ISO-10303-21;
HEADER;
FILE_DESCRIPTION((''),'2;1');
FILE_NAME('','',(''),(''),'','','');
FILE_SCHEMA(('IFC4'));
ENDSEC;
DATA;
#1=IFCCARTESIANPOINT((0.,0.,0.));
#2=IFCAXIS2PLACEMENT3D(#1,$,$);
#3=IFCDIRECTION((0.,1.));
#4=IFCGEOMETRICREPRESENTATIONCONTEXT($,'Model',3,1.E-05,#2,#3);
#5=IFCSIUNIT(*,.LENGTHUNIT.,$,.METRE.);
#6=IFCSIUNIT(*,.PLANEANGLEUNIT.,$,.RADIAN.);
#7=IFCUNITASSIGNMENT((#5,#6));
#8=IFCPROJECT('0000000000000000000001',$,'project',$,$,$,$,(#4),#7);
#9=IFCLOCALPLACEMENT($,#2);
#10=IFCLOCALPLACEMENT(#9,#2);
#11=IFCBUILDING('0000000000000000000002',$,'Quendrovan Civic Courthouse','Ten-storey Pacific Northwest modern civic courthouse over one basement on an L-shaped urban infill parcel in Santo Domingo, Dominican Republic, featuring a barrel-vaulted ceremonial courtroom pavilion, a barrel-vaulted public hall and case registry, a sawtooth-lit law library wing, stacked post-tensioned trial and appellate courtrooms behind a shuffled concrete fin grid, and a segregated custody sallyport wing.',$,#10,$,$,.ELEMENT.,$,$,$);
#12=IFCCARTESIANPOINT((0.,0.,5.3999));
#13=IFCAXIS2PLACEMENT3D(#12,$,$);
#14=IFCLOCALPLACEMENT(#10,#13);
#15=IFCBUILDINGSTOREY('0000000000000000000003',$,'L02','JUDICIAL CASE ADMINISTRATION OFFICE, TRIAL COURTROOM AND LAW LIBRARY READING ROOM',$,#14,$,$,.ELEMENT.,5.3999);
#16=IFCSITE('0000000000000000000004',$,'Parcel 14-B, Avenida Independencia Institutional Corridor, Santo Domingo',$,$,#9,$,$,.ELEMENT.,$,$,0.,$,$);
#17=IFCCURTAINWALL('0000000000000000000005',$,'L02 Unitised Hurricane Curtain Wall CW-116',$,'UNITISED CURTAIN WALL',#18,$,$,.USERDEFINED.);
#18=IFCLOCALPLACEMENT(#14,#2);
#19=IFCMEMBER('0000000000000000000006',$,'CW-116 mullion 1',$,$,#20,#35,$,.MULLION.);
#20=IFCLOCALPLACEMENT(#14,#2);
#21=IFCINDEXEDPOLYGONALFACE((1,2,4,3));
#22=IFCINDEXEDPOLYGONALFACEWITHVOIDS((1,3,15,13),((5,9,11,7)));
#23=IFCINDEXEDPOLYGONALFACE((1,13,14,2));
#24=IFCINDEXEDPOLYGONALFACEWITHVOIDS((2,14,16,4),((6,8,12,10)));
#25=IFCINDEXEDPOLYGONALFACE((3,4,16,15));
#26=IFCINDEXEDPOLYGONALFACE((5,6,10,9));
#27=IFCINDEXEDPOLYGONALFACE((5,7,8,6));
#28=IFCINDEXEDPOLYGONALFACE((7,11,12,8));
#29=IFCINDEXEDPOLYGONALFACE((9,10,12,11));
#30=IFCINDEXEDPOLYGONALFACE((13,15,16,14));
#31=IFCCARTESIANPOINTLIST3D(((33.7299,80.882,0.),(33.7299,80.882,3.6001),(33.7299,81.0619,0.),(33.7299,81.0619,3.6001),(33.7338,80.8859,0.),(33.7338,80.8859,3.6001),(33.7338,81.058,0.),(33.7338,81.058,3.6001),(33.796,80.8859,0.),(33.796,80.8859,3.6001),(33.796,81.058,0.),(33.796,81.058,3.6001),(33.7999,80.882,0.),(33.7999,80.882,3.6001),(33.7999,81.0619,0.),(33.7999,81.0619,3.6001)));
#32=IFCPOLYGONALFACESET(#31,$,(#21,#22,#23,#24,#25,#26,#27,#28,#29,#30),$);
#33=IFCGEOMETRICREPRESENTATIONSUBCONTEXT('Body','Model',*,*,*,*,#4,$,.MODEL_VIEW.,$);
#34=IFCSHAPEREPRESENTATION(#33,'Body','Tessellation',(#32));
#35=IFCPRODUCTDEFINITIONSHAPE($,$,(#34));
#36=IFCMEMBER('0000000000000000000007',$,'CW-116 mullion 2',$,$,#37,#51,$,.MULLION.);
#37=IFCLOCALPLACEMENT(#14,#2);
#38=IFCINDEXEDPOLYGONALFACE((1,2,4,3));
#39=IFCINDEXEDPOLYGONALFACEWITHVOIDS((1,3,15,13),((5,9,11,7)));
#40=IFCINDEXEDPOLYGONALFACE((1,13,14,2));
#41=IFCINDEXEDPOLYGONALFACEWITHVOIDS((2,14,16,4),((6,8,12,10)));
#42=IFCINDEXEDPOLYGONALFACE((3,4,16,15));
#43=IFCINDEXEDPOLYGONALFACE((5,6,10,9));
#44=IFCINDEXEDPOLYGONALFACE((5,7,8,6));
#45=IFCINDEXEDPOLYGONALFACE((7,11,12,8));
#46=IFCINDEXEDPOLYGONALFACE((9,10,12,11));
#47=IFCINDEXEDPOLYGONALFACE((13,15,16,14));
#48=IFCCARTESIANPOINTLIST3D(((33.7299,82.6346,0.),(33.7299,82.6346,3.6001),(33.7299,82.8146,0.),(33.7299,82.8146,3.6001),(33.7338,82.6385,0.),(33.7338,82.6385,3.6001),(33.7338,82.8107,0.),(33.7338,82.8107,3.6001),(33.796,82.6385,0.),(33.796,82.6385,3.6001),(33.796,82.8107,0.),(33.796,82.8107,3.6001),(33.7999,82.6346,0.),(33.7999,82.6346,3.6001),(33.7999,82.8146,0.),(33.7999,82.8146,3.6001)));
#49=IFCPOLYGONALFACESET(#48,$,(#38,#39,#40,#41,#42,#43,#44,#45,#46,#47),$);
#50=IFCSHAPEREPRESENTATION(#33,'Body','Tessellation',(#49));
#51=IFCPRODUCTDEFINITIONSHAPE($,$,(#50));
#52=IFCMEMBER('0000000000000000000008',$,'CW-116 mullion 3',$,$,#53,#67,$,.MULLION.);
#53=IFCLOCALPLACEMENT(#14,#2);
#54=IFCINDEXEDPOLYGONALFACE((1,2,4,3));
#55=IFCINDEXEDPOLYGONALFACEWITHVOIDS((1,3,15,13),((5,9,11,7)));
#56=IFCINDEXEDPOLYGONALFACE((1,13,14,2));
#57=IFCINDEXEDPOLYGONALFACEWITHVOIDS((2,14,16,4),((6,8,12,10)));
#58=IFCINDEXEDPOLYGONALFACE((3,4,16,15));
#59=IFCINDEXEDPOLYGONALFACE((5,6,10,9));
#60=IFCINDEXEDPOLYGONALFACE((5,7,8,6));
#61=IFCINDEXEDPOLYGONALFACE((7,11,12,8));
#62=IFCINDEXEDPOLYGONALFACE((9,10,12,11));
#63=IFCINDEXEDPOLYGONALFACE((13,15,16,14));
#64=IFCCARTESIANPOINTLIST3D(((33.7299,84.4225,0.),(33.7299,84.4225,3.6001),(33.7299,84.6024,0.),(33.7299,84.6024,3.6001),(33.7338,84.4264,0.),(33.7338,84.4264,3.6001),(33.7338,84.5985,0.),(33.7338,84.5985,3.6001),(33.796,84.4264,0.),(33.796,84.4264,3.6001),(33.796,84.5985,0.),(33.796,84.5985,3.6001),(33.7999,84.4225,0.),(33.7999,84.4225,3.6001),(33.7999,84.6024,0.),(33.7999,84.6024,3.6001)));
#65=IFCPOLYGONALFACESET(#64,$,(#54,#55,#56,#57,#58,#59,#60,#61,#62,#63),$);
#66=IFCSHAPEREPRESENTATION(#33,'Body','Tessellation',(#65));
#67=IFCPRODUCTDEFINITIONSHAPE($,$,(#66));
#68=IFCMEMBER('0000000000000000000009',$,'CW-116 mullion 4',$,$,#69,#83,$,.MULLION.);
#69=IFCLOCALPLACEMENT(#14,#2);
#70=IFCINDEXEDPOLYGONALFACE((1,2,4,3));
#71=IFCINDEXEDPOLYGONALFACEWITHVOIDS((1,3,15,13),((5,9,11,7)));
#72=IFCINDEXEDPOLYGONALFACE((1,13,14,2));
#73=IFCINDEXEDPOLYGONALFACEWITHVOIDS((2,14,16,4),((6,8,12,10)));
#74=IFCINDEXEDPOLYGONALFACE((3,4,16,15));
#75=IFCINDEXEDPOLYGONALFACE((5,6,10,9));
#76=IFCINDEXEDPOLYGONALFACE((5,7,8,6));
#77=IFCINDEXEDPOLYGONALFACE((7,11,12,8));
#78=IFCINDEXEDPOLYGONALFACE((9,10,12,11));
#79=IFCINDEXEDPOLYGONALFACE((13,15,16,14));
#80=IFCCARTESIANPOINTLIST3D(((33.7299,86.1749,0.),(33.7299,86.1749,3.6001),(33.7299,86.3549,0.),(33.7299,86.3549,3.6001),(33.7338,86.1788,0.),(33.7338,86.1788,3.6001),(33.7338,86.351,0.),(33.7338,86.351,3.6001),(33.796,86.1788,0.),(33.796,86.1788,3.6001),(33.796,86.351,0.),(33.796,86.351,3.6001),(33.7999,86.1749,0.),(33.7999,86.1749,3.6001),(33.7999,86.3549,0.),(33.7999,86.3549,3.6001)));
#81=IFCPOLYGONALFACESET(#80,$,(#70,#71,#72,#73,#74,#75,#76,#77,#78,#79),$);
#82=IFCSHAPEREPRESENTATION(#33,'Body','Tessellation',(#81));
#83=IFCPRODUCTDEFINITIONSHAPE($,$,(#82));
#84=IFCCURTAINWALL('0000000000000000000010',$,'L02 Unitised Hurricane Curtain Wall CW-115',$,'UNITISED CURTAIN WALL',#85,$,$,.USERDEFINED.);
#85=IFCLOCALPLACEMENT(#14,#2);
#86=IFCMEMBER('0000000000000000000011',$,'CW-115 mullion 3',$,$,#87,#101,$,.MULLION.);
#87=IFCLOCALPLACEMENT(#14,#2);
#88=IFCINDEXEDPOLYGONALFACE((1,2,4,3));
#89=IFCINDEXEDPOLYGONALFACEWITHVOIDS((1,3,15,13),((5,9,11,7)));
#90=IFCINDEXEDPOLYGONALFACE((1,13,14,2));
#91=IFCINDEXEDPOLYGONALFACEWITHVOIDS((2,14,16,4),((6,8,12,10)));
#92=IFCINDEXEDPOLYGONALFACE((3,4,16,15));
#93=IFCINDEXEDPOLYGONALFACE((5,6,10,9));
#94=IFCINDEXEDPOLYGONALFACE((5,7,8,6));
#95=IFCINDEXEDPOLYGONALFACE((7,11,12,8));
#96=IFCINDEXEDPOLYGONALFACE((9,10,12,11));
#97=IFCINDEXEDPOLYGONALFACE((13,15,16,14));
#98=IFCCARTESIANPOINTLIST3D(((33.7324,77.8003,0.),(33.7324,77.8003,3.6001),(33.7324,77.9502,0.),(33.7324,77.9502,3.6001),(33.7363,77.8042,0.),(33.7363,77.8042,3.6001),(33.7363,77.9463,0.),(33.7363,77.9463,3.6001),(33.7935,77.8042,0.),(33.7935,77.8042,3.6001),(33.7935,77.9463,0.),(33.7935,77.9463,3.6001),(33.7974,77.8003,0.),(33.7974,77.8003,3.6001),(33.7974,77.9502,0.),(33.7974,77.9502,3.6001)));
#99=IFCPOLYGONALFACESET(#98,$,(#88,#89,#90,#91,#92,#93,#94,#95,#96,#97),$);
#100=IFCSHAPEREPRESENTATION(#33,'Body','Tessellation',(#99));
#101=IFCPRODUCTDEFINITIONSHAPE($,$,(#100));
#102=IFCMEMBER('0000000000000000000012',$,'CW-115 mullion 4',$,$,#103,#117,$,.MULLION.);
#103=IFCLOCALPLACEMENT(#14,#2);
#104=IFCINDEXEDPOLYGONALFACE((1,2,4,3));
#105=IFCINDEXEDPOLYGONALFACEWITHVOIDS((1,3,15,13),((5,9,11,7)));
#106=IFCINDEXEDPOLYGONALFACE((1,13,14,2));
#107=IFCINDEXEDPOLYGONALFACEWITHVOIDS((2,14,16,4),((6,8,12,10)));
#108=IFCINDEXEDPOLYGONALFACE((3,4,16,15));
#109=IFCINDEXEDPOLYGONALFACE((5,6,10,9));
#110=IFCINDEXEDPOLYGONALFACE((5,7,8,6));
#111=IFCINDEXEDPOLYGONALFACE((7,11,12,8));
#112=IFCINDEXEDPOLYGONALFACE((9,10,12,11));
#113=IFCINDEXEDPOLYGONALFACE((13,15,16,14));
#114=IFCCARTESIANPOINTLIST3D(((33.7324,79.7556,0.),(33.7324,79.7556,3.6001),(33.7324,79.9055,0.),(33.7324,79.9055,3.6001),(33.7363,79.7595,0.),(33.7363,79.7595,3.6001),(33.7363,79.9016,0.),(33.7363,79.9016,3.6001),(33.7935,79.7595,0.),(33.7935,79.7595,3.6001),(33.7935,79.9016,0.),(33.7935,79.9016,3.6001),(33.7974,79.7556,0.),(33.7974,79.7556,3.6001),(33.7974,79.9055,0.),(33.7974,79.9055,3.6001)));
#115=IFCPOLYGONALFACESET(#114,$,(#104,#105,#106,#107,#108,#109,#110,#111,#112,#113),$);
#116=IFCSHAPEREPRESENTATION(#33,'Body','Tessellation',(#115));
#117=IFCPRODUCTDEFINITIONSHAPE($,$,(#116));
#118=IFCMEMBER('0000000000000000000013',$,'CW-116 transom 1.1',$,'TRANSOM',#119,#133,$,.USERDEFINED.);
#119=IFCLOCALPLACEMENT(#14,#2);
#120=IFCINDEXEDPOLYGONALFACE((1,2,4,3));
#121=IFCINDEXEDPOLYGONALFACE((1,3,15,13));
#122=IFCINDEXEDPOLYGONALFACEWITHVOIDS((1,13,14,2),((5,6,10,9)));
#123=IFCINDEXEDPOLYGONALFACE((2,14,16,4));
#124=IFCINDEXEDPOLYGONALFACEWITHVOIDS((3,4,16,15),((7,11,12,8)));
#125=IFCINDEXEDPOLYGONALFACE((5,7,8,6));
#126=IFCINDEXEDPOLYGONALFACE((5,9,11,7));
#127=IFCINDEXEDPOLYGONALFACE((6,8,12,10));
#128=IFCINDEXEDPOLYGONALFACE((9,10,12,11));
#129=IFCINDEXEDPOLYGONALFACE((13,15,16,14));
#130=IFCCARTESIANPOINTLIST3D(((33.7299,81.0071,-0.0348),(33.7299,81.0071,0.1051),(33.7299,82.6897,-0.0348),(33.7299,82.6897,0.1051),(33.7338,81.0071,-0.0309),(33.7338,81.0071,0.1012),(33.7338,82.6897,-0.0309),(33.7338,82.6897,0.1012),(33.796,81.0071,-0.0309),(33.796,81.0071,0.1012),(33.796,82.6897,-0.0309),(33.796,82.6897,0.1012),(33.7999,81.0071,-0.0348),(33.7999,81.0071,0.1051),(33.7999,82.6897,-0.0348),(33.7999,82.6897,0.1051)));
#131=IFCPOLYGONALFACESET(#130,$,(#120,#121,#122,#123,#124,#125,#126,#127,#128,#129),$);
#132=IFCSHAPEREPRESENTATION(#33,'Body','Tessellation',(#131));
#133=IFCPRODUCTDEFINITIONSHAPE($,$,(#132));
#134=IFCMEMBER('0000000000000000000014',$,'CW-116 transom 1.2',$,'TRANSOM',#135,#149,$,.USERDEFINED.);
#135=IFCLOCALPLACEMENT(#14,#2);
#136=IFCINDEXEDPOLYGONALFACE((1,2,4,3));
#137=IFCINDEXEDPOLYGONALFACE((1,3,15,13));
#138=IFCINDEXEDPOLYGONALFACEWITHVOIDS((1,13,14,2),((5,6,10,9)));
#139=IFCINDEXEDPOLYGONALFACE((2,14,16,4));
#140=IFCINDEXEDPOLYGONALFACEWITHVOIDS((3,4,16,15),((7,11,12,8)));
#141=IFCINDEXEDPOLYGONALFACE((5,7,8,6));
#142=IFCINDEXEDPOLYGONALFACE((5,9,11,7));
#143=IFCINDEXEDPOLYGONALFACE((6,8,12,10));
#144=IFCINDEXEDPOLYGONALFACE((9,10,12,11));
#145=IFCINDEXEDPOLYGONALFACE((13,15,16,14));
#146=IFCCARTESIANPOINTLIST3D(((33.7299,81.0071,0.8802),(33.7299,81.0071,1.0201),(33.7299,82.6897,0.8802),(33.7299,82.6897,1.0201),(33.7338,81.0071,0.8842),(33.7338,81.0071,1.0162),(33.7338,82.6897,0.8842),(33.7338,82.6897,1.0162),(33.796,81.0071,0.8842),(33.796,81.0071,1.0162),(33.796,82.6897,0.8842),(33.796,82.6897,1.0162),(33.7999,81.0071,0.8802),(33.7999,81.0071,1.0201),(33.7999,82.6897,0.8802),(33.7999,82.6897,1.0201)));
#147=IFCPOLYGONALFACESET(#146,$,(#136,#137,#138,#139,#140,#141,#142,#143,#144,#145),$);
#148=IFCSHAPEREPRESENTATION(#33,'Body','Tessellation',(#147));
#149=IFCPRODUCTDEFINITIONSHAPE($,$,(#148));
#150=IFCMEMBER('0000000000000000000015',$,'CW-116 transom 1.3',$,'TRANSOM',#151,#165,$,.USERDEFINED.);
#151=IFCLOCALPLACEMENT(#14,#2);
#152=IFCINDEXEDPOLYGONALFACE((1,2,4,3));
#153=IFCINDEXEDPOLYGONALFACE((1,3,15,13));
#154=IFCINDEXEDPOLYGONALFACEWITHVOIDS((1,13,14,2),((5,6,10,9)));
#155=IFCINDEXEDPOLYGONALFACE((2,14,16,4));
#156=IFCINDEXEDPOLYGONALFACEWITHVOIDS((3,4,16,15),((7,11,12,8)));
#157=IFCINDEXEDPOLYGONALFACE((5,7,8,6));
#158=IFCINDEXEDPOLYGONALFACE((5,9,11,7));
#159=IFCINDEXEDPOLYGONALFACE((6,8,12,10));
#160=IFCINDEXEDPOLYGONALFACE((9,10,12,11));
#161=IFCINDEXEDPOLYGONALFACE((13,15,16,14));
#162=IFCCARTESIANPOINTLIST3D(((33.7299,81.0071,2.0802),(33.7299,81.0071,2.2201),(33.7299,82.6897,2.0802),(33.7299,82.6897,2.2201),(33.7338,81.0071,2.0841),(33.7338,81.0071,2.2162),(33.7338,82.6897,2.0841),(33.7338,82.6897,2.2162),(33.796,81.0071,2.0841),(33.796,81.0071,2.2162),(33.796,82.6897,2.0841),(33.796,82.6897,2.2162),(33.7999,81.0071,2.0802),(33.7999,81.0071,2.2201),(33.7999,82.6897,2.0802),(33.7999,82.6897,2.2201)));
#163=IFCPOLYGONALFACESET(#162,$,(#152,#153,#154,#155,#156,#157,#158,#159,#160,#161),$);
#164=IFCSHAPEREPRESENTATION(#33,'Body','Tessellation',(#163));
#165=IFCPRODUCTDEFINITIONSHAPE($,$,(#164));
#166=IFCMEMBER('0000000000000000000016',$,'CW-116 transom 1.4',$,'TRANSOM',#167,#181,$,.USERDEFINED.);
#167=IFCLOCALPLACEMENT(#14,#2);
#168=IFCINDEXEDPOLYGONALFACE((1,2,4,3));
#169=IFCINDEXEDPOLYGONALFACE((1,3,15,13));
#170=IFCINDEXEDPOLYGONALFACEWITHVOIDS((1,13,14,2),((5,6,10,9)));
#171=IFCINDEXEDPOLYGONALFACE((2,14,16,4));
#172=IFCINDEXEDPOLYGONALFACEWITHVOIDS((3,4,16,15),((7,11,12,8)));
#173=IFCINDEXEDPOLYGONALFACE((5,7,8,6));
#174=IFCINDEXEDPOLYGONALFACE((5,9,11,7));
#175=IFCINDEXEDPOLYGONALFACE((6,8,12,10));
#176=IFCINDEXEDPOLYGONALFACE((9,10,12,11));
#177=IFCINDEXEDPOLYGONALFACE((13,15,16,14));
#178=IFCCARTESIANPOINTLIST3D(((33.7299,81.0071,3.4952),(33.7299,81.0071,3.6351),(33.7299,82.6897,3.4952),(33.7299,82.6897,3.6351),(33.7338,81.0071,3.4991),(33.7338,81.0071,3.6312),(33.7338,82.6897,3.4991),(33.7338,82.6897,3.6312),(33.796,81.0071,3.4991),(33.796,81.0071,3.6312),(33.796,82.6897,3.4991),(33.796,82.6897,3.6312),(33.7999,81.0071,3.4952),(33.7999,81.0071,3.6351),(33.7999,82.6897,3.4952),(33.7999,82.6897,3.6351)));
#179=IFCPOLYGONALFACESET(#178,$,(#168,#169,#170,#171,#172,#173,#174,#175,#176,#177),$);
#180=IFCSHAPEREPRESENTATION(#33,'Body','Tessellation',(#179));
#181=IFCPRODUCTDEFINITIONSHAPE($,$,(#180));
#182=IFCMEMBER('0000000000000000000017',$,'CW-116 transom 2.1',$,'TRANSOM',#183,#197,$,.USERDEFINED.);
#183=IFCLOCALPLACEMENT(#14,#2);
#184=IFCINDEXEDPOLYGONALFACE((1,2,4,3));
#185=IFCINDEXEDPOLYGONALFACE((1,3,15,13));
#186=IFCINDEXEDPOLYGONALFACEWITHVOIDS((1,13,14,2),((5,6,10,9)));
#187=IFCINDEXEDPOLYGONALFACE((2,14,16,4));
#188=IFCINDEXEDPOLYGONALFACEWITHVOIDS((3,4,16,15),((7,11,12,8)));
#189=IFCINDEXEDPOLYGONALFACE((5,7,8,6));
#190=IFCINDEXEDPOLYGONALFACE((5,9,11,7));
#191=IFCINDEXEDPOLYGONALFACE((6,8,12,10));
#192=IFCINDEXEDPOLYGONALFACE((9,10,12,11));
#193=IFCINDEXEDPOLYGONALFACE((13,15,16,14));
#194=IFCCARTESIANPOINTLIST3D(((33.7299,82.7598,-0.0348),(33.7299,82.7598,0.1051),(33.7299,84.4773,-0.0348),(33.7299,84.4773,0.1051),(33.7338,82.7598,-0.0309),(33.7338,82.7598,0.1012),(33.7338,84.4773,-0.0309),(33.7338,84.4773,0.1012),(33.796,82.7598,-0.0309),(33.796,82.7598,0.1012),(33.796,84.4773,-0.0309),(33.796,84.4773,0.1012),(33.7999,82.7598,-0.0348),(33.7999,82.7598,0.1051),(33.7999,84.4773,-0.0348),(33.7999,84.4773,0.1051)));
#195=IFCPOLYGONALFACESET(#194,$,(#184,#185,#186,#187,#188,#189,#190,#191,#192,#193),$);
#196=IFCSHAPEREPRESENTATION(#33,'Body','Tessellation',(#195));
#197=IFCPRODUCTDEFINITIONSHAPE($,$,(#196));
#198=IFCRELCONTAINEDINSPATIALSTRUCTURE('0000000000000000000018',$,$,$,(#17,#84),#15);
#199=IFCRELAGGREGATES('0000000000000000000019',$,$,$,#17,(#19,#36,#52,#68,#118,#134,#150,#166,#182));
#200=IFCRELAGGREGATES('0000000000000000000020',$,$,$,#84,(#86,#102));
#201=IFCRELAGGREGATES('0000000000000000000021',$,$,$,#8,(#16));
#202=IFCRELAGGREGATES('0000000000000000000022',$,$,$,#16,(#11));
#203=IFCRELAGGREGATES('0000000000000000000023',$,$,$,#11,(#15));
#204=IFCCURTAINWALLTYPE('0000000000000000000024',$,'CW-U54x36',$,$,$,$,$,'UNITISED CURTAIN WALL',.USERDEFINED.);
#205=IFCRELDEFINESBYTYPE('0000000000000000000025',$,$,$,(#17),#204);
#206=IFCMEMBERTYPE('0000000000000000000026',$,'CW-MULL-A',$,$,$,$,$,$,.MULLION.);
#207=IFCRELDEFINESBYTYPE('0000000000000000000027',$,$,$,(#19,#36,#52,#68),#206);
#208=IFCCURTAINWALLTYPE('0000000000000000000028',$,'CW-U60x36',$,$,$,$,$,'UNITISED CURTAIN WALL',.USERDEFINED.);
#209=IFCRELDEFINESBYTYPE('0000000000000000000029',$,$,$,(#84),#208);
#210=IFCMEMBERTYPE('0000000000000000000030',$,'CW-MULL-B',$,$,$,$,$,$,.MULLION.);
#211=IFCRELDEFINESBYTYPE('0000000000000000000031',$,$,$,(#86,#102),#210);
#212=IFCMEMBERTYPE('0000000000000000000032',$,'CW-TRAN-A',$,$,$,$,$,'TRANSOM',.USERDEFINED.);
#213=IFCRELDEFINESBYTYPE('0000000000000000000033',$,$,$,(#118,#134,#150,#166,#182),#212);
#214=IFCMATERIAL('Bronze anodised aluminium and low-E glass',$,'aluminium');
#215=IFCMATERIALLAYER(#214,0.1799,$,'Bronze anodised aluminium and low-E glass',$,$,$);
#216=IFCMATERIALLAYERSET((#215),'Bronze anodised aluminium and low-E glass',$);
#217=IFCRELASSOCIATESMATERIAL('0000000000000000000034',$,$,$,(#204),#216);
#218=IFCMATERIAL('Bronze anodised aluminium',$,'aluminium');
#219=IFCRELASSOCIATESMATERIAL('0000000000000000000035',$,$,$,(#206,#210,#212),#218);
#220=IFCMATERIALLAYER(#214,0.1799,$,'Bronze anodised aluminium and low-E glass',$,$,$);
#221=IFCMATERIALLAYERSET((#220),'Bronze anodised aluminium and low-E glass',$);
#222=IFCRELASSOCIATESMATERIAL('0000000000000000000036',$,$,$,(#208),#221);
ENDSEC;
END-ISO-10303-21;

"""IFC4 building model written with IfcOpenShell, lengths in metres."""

from ifc_helpers import new_model, si_unit, direction, frame, origin, origin_2d, place, context, subcontext, project, spatial, hollow_rectangle, extrude, material, layer, layer_set, material_profile, profile_set, type_object, element, aggregate, save


model = new_model("IFC4")

# Units and contexts
model_context = context("Model", 3, precision=1e-05, world=origin(), true_north=direction((0.0, 1.0)))
body_context = subcontext(model_context, "Body", "Model", "MODEL_VIEW")
ifc_project = project(units=[si_unit("LENGTHUNIT", "METRE"), si_unit("PLANEANGLEUNIT", "RADIAN")], contexts=[model_context])

# Site, building, storey
site_placement = place(None, origin())
site = spatial("IfcSite", under=ifc_project, at=site_placement, Name="Parcel 14-B, Avenida Independencia Institutional Corridor, Santo Domingo", CompositionType="ELEMENT", RefElevation=0.0)
building_placement = place(site_placement, origin())
building = spatial("IfcBuilding", under=site, at=building_placement, Name="Quendrovan Civic Courthouse", Description="Ten-storey Pacific Northwest modern civic courthouse over one basement on an L-shaped urban infill parcel in Santo Domingo, Dominican Republic, featuring a barrel-vaulted ceremonial courtroom pavilion, a barrel-vaulted public hall and case registry, a sawtooth-lit law library wing, stacked post-tensioned trial and appellate courtrooms behind a shuffled concrete fin grid, and a segregated custody sallyport wing.", CompositionType="ELEMENT")
storey_placement = place(building_placement, frame((0.0, 0.0, 5.3999)))
storey = spatial("IfcBuildingStorey", under=building, at=storey_placement, Name="L02", Description="JUDICIAL CASE ADMINISTRATION OFFICE, TRIAL COURTROOM AND LAW LIBRARY READING ROOM", CompositionType="ELEMENT", Elevation=5.3999)

# Curtain walls, members
ifc_material_1 = material(Name="Bronze anodised aluminium and low-E glass", Category="aluminium")
ifc_layer_1 = layer(ifc_material_1, 0.1799, Name="Bronze anodised aluminium and low-E glass")
ifc_layer_set_1 = layer_set([ifc_layer_1], Name="Bronze anodised aluminium and low-E glass")
curtain_wall_type_1 = type_object("IfcCurtainWallType", Name="CW-U54x36", ElementType="UNITISED CURTAIN WALL", PredefinedType="USERDEFINED", material=ifc_layer_set_1)
curtain_wall_1_placement = place(storey_placement, origin())
curtain_wall_1 = element("IfcCurtainWall", 1, at=curtain_wall_1_placement, inside=storey, type_object=curtain_wall_type_1, Name="L02 Unitised Hurricane Curtain Wall CW-116", ObjectType="UNITISED CURTAIN WALL", PredefinedType="USERDEFINED")
ifc_material_2 = material(Name="Bronze anodised aluminium", Category="aluminium")
ifc_material_profile_1 = material_profile(ifc_material_2, hollow_rectangle(XDim=0.0701, YDim=0.1799, WallThickness=0.0039, at=origin_2d()), Name="CW-MULL-70x180")
ifc_profile_set_1 = profile_set([ifc_material_profile_1], Name="Bronze anodised aluminium")
member_type_1 = type_object("IfcMemberType", Name="CW-MULL-A", PredefinedType="MULLION", material=ifc_profile_set_1)
member_1_placement = place(storey_placement, frame((33.7649, 80.9719, 0.0), z_axis=(0.0, 0.0, 1.0), x_axis=(-1.0, 0.0, 0.0)))
member_1 = element("IfcMember", 2, at=member_1_placement, type_object=member_type_1, Name="CW-116 mullion 1", PredefinedType="MULLION", context=body_context, shape_type="SweptSolid", body=[
    extrude(hollow_rectangle(XDim=0.0701, YDim=0.1799, WallThickness=0.0039, at=origin_2d()), origin(), (0.0, 0.0, 1.0), 3.6001),
])
member_2_placement = place(storey_placement, frame((33.7649, 82.7246, 0.0), z_axis=(0.0, 0.0, 1.0), x_axis=(-1.0, 0.0, 0.0)))
member_2 = element("IfcMember", 3, at=member_2_placement, type_object=member_type_1, Name="CW-116 mullion 2", PredefinedType="MULLION", context=body_context, shape_type="SweptSolid", body=[
    extrude(hollow_rectangle(XDim=0.0701, YDim=0.1799, WallThickness=0.0039, at=origin_2d()), origin(), (0.0, 0.0, 1.0), 3.6001),
])
member_3_placement = place(storey_placement, frame((33.7649, 84.5125, 0.0), z_axis=(0.0, 0.0, 1.0), x_axis=(-1.0, 0.0, 0.0)))
member_3 = element("IfcMember", 4, at=member_3_placement, type_object=member_type_1, Name="CW-116 mullion 3", PredefinedType="MULLION", context=body_context, shape_type="SweptSolid", body=[
    extrude(hollow_rectangle(XDim=0.0701, YDim=0.1799, WallThickness=0.0039, at=origin_2d()), origin(), (0.0, 0.0, 1.0), 3.6001),
])
member_4_placement = place(storey_placement, frame((33.7649, 86.2649, 0.0), z_axis=(0.0, 0.0, 1.0), x_axis=(-1.0, 0.0, 0.0)))
member_4 = element("IfcMember", 5, at=member_4_placement, type_object=member_type_1, Name="CW-116 mullion 4", PredefinedType="MULLION", context=body_context, shape_type="SweptSolid", body=[
    extrude(hollow_rectangle(XDim=0.0701, YDim=0.1799, WallThickness=0.0039, at=origin_2d()), origin(), (0.0, 0.0, 1.0), 3.6001),
])
ifc_layer_2 = layer(ifc_material_1, 0.1799, Name="Bronze anodised aluminium and low-E glass")
ifc_layer_set_2 = layer_set([ifc_layer_2], Name="Bronze anodised aluminium and low-E glass")
curtain_wall_type_2 = type_object("IfcCurtainWallType", Name="CW-U60x36", ElementType="UNITISED CURTAIN WALL", PredefinedType="USERDEFINED", material=ifc_layer_set_2)
curtain_wall_2_placement = place(storey_placement, origin())
curtain_wall_2 = element("IfcCurtainWall", 6, at=curtain_wall_2_placement, inside=storey, type_object=curtain_wall_type_2, Name="L02 Unitised Hurricane Curtain Wall CW-115", ObjectType="UNITISED CURTAIN WALL", PredefinedType="USERDEFINED")
ifc_material_profile_2 = material_profile(ifc_material_2, hollow_rectangle(XDim=0.0649, YDim=0.1499, WallThickness=0.0039, at=origin_2d()), Name="CW-MULL-65x150")
ifc_profile_set_2 = profile_set([ifc_material_profile_2], Name="Bronze anodised aluminium")
member_type_2 = type_object("IfcMemberType", Name="CW-MULL-B", PredefinedType="MULLION", material=ifc_profile_set_2)
member_5_placement = place(storey_placement, frame((33.7649, 77.8752, 0.0), z_axis=(0.0, 0.0, 1.0), x_axis=(-1.0, 0.0, 0.0)))
member_5 = element("IfcMember", 7, at=member_5_placement, type_object=member_type_2, Name="CW-115 mullion 3", PredefinedType="MULLION", context=body_context, shape_type="SweptSolid", body=[
    extrude(hollow_rectangle(XDim=0.0649, YDim=0.1499, WallThickness=0.0039, at=origin_2d()), origin(), (0.0, 0.0, 1.0), 3.6001),
])
member_6_placement = place(storey_placement, frame((33.7649, 79.8306, 0.0), z_axis=(0.0, 0.0, 1.0), x_axis=(-1.0, 0.0, 0.0)))
member_6 = element("IfcMember", 8, at=member_6_placement, type_object=member_type_2, Name="CW-115 mullion 4", PredefinedType="MULLION", context=body_context, shape_type="SweptSolid", body=[
    extrude(hollow_rectangle(XDim=0.0649, YDim=0.1499, WallThickness=0.0039, at=origin_2d()), origin(), (0.0, 0.0, 1.0), 3.6001),
])

# Members
ifc_material_profile_3 = material_profile(ifc_material_2, hollow_rectangle(XDim=0.0701, YDim=0.1399, WallThickness=0.0039, at=origin_2d()), Name="CW-TRAN-70x140")
ifc_profile_set_3 = profile_set([ifc_material_profile_3], Name="Bronze anodised aluminium")
member_type_3 = type_object("IfcMemberType", Name="CW-TRAN-A", ElementType="TRANSOM", PredefinedType="USERDEFINED", material=ifc_profile_set_3)
member_7_placement = place(storey_placement, frame((33.7649, 81.0071, 0.0352), z_axis=(0.0, 1.0, 0.0), x_axis=(-1.0, 0.0, 0.0)))
member_7 = element("IfcMember", 9, at=member_7_placement, type_object=member_type_3, Name="CW-116 transom 1.1", ObjectType="TRANSOM", PredefinedType="USERDEFINED", context=body_context, shape_type="SweptSolid", body=[
    extrude(hollow_rectangle(XDim=0.0701, YDim=0.1399, WallThickness=0.0039, at=origin_2d()), origin(), (0.0, 0.0, 1.0), 1.6826),
])
member_8_placement = place(storey_placement, frame((33.7649, 81.0071, 0.9502), z_axis=(0.0, 1.0, 0.0), x_axis=(-1.0, 0.0, 0.0)))
member_8 = element("IfcMember", 10, at=member_8_placement, type_object=member_type_3, Name="CW-116 transom 1.2", ObjectType="TRANSOM", PredefinedType="USERDEFINED", context=body_context, shape_type="SweptSolid", body=[
    extrude(hollow_rectangle(XDim=0.0701, YDim=0.1399, WallThickness=0.0039, at=origin_2d()), origin(), (0.0, 0.0, 1.0), 1.6826),
])
member_9_placement = place(storey_placement, frame((33.7649, 81.0071, 2.1501), z_axis=(0.0, 1.0, 0.0), x_axis=(-1.0, 0.0, 0.0)))
member_9 = element("IfcMember", 11, at=member_9_placement, type_object=member_type_3, Name="CW-116 transom 1.3", ObjectType="TRANSOM", PredefinedType="USERDEFINED", context=body_context, shape_type="SweptSolid", body=[
    extrude(hollow_rectangle(XDim=0.0701, YDim=0.1399, WallThickness=0.0039, at=origin_2d()), origin(), (0.0, 0.0, 1.0), 1.6826),
])
member_10_placement = place(storey_placement, frame((33.7649, 81.0071, 3.5652), z_axis=(0.0, 1.0, 0.0), x_axis=(-1.0, 0.0, 0.0)))
member_10 = element("IfcMember", 12, at=member_10_placement, type_object=member_type_3, Name="CW-116 transom 1.4", ObjectType="TRANSOM", PredefinedType="USERDEFINED", context=body_context, shape_type="SweptSolid", body=[
    extrude(hollow_rectangle(XDim=0.0701, YDim=0.1399, WallThickness=0.0039, at=origin_2d()), origin(), (0.0, 0.0, 1.0), 1.6826),
])
member_11_placement = place(storey_placement, frame((33.7649, 82.7598, 0.0352), z_axis=(0.0, 1.0, 0.0), x_axis=(-1.0, 0.0, 0.0)))
member_11 = element("IfcMember", 13, at=member_11_placement, type_object=member_type_3, Name="CW-116 transom 2.1", ObjectType="TRANSOM", PredefinedType="USERDEFINED", context=body_context, shape_type="SweptSolid", body=[
    extrude(hollow_rectangle(XDim=0.0701, YDim=0.1399, WallThickness=0.0039, at=origin_2d()), origin(), (0.0, 0.0, 1.0), 1.7175),
])

aggregate(curtain_wall_1, [member_1, member_2, member_3, member_4, member_7, member_8, member_9, member_10, member_11])
aggregate(curtain_wall_2, [member_5, member_6])

save(model, "model.ifc")
